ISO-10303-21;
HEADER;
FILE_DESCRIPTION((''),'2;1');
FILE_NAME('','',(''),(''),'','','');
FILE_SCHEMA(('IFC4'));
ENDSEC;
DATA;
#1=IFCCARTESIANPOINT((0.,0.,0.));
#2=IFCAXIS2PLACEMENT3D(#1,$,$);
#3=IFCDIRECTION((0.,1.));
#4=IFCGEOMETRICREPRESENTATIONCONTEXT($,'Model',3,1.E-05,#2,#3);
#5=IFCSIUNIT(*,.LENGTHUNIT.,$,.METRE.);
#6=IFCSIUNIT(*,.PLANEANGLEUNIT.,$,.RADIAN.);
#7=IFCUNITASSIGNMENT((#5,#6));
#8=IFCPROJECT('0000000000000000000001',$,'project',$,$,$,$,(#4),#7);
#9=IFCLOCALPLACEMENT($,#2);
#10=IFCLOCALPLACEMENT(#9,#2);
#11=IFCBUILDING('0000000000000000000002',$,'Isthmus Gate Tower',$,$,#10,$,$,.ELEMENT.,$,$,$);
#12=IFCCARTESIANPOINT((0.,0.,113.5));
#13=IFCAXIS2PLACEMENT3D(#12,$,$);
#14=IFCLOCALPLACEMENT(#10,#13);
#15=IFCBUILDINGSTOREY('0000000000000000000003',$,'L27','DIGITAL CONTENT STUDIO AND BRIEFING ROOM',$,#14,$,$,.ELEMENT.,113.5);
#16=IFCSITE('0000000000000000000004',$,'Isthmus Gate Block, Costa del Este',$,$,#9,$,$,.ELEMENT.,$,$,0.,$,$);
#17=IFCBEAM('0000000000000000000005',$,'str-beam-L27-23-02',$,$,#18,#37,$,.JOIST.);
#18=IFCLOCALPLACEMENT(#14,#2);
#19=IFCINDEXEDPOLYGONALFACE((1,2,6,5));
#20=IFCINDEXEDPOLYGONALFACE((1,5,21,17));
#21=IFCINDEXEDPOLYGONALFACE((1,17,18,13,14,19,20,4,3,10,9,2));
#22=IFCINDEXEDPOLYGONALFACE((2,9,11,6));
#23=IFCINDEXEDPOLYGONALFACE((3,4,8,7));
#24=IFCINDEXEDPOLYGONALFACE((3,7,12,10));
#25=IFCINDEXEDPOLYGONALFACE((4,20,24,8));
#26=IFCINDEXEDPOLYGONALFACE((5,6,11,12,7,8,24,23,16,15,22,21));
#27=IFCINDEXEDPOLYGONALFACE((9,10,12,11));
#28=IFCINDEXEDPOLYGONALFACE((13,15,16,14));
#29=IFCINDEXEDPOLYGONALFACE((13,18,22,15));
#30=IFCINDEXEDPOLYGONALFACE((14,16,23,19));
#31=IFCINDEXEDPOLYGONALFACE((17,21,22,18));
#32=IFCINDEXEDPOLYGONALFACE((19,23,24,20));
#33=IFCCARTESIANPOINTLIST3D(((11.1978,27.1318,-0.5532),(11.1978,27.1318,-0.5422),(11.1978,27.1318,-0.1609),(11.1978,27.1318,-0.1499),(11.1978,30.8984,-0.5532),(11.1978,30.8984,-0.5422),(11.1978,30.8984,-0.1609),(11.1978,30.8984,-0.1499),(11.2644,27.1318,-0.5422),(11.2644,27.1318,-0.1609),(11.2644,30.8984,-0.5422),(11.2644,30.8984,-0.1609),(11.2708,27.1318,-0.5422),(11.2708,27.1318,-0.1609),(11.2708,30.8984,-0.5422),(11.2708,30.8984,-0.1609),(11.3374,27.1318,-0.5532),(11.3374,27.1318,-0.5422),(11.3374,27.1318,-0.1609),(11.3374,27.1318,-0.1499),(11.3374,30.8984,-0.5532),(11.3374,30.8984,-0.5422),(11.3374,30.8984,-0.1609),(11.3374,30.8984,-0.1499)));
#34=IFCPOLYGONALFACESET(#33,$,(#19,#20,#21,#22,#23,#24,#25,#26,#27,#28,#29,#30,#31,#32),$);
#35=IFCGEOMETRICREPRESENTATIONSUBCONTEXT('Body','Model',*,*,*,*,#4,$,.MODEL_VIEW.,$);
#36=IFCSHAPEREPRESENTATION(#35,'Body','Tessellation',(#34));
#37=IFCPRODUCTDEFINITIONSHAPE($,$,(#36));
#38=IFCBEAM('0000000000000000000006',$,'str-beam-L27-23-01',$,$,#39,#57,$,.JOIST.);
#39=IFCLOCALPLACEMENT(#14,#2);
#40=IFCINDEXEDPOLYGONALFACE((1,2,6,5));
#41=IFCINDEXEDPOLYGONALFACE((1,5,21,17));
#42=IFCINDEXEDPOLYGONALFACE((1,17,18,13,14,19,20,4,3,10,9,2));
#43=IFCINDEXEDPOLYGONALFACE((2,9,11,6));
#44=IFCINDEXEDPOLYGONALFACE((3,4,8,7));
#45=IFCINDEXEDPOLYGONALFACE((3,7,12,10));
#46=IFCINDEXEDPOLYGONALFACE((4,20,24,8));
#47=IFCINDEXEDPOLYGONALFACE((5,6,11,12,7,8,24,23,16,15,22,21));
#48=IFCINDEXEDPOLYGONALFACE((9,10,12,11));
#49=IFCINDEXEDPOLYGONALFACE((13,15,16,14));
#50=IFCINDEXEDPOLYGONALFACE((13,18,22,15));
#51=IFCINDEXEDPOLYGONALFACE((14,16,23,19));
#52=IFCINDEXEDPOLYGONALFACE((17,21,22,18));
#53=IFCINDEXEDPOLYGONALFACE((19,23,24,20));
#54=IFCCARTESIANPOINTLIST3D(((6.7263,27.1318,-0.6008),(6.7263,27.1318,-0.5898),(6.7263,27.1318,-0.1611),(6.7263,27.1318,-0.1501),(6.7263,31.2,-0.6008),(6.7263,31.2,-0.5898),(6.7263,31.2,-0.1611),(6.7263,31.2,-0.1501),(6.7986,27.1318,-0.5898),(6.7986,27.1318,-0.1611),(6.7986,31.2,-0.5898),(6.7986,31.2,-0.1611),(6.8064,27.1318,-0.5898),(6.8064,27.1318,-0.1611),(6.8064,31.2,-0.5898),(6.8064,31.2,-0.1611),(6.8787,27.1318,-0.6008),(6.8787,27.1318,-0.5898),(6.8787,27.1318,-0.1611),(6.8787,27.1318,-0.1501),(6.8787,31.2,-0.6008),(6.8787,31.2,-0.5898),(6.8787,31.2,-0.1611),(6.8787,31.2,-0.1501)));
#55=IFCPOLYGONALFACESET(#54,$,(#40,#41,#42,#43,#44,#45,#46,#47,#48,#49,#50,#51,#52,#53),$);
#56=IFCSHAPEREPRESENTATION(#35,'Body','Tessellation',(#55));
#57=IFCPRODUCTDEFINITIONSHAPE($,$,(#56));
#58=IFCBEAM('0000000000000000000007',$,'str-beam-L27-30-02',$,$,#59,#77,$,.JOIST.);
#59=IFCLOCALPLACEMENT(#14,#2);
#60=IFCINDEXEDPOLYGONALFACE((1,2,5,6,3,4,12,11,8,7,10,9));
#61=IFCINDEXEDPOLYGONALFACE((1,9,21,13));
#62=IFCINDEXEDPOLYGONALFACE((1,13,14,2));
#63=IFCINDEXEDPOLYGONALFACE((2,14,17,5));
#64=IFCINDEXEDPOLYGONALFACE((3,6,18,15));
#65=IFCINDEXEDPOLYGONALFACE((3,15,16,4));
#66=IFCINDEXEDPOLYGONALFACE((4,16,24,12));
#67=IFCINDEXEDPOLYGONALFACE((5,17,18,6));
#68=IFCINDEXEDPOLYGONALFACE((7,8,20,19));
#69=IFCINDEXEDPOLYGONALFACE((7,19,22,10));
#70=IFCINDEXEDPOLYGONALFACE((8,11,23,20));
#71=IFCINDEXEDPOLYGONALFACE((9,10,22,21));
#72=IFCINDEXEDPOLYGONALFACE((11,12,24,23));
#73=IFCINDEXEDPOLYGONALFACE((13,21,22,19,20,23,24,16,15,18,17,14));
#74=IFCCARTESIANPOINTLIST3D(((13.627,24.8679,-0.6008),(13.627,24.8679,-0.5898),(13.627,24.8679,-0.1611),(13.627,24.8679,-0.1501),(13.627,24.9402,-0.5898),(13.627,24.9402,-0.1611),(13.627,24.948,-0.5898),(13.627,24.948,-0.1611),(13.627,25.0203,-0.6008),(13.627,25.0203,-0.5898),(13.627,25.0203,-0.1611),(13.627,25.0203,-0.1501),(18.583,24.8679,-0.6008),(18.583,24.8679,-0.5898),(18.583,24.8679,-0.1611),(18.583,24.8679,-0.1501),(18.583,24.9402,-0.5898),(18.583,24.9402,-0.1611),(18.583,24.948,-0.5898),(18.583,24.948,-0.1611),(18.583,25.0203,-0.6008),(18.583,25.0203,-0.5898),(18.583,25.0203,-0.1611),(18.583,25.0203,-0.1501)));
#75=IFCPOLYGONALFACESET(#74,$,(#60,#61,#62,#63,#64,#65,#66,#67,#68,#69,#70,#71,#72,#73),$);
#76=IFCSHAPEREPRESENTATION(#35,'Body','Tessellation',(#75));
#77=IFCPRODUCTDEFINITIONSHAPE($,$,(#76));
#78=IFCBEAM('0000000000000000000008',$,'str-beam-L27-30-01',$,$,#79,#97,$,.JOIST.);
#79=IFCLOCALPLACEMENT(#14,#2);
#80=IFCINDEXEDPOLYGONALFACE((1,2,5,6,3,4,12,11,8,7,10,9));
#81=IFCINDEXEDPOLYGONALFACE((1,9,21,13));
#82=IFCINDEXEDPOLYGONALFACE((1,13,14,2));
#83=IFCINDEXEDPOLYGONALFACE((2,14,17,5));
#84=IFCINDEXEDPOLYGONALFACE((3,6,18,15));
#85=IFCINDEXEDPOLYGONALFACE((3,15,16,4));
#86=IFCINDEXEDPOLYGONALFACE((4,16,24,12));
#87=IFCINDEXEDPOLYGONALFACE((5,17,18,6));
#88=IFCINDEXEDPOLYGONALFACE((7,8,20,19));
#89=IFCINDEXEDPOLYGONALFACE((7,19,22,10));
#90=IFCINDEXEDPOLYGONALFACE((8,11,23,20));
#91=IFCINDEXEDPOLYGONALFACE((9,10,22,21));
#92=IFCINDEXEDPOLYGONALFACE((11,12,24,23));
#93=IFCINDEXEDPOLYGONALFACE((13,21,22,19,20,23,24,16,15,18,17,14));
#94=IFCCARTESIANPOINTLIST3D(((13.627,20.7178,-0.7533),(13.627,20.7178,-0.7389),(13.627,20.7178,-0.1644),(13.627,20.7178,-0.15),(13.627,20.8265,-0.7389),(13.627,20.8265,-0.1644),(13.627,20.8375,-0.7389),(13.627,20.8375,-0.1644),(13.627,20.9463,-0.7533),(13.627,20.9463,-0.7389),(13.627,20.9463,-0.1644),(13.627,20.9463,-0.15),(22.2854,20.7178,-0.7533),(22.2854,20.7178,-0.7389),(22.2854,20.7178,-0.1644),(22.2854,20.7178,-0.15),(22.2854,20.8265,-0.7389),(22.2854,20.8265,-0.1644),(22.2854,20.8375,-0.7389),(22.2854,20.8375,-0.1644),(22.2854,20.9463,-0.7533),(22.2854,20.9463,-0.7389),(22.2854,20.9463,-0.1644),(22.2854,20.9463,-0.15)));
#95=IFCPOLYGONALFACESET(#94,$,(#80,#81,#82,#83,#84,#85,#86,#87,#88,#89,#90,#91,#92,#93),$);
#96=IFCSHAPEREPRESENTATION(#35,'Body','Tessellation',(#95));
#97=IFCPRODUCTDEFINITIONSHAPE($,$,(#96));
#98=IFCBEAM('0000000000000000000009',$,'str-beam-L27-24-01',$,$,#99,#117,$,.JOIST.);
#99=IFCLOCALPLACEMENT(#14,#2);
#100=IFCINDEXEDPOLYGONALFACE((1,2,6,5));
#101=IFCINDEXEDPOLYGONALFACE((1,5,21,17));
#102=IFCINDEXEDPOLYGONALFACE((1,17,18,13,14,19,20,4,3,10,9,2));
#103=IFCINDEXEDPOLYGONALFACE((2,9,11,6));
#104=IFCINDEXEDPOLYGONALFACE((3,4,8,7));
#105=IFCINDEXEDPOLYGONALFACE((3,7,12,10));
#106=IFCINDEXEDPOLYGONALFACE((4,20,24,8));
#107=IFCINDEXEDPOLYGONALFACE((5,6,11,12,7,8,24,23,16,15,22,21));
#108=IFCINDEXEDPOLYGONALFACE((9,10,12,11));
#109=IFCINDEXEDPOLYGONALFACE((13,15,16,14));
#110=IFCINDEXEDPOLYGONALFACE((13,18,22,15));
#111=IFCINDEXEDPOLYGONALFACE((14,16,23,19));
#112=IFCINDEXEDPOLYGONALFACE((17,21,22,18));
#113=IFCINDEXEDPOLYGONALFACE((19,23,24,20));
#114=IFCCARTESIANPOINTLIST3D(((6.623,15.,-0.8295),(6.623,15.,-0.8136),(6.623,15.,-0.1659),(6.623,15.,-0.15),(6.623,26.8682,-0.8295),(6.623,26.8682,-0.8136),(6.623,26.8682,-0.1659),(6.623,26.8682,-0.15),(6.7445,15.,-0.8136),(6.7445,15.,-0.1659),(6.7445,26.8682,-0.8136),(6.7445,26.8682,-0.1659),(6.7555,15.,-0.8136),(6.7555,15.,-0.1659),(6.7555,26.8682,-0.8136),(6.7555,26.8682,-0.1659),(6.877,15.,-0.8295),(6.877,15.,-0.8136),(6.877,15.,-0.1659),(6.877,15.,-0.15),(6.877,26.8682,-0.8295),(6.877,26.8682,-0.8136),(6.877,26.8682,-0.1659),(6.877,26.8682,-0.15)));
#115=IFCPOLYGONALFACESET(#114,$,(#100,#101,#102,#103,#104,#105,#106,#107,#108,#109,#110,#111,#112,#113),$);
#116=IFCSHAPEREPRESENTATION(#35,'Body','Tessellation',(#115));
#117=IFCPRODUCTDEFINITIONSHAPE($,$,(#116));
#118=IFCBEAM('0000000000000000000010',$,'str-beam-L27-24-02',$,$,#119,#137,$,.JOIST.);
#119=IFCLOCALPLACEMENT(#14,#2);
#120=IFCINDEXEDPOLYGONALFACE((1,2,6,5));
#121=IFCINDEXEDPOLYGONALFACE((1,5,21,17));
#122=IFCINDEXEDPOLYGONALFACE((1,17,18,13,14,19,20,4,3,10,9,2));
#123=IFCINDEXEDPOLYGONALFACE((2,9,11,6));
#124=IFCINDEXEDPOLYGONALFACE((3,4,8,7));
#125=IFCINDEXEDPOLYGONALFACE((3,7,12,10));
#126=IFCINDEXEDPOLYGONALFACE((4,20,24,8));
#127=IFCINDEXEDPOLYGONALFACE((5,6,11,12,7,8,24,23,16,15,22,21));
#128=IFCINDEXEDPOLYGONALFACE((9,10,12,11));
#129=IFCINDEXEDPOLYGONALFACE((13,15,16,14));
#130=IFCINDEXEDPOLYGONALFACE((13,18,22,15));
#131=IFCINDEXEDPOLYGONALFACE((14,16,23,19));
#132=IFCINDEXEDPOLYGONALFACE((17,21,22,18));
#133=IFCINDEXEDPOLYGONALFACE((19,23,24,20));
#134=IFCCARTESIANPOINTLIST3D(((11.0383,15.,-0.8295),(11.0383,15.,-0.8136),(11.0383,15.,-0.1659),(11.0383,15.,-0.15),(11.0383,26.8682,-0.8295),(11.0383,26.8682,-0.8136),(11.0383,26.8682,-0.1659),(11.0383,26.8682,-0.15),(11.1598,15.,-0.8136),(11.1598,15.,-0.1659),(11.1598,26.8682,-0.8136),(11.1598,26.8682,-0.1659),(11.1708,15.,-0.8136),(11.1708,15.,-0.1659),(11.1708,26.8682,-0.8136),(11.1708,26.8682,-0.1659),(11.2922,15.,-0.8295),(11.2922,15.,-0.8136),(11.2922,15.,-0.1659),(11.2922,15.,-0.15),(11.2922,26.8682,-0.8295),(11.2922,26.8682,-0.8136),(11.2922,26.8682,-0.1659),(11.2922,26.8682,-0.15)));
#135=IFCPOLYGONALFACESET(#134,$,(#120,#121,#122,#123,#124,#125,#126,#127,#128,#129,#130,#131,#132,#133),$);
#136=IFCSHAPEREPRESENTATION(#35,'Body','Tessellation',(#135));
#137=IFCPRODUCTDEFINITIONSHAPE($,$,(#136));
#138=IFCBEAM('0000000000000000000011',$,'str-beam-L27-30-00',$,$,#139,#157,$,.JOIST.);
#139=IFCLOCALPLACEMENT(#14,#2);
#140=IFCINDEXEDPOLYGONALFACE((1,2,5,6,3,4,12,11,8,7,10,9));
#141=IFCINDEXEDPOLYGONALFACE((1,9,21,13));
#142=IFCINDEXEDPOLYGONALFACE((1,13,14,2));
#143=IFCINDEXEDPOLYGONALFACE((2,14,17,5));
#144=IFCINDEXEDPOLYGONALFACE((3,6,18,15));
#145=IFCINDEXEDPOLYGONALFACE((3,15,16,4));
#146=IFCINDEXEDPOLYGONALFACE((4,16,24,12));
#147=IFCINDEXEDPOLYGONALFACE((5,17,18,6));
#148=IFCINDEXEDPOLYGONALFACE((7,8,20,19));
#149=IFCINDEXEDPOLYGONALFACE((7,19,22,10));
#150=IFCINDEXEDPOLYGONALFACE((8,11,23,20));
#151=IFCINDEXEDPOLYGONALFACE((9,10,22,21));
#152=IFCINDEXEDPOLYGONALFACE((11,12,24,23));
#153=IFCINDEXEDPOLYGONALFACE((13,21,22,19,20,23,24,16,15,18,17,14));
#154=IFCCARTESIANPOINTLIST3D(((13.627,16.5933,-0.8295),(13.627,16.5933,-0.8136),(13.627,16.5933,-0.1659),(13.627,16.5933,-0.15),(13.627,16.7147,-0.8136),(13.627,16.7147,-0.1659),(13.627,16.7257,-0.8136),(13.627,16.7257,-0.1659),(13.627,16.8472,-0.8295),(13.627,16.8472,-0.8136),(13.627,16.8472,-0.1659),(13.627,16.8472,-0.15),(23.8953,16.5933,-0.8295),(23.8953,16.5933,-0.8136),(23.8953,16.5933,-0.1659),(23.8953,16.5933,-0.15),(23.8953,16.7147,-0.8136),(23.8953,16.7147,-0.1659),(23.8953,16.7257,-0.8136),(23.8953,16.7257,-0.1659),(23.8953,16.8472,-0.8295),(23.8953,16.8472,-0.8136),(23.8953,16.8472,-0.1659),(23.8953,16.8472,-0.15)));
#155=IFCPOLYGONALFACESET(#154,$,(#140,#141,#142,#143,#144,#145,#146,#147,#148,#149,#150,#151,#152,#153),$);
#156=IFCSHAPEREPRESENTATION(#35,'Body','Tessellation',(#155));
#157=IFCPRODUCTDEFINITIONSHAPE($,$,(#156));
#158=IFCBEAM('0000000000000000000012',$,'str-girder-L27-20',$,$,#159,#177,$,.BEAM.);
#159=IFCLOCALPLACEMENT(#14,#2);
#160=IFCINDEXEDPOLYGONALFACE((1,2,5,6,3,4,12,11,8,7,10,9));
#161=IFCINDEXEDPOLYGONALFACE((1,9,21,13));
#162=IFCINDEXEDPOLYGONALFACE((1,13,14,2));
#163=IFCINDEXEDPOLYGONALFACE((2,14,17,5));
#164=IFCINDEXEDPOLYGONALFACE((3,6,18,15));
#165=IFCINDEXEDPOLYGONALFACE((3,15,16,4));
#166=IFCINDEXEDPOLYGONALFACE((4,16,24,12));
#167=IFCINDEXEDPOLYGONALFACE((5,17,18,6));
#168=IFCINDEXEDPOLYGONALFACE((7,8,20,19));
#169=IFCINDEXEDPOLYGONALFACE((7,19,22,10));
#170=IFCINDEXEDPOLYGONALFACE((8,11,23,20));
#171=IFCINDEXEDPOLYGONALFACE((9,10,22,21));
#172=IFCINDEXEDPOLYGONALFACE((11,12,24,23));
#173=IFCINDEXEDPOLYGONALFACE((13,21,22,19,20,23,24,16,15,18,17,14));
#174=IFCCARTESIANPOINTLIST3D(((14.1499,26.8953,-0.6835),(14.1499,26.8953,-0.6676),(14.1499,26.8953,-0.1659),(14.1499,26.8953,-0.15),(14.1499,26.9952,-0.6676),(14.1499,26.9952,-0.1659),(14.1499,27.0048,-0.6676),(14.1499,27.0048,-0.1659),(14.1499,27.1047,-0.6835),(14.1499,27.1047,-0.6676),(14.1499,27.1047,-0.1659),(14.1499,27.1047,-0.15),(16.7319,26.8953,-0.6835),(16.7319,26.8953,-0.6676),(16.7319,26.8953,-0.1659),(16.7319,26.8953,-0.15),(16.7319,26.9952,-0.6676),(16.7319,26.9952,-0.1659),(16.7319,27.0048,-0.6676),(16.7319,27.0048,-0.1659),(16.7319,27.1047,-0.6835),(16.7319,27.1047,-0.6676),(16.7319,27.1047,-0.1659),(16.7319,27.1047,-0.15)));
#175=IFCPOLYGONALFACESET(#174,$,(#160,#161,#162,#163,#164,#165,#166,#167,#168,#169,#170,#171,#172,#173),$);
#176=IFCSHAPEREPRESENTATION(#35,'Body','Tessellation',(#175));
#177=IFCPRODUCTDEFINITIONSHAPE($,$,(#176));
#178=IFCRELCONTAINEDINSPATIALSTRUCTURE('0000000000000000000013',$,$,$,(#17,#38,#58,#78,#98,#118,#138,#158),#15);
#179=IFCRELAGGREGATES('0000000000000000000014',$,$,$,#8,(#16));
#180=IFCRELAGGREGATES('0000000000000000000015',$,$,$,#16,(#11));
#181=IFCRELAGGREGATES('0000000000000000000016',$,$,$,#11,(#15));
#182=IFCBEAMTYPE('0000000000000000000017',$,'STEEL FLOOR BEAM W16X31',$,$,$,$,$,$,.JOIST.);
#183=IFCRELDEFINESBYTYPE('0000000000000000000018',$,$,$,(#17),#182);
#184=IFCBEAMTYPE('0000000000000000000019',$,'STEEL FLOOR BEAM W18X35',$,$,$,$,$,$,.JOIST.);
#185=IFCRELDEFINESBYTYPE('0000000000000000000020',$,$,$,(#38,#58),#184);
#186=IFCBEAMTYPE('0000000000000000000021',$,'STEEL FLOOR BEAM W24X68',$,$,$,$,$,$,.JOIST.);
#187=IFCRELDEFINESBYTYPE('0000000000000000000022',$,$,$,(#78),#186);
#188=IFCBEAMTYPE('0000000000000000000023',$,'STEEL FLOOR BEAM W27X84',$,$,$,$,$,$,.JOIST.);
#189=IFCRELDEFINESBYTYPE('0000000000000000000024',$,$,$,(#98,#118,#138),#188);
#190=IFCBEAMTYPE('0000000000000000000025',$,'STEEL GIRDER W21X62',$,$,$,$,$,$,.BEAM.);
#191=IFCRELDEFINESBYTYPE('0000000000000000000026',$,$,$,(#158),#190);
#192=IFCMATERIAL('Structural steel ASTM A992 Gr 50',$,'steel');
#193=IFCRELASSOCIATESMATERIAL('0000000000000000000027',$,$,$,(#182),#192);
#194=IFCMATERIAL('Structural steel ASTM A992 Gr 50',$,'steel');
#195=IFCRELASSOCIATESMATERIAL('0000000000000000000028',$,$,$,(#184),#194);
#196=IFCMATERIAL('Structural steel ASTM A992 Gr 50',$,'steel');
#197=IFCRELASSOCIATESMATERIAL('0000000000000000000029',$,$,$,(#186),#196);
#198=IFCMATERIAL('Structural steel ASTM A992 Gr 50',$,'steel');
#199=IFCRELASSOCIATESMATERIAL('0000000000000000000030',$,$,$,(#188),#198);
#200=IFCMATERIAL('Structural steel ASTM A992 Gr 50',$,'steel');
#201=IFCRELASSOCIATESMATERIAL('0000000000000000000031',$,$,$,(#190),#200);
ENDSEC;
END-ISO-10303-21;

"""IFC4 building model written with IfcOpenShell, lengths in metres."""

from ifc_helpers import new_model, si_unit, direction, frame, origin, origin_2d, place, context, subcontext, project, spatial, i_section, extrude, material, material_profile, profile_set, type_object, element, save


model = new_model("IFC4")

# Units and contexts
model_context = context("Model", 3, precision=1e-05, world=origin(), true_north=direction((0.0, 1.0)))
body_context = subcontext(model_context, "Body", "Model", "MODEL_VIEW")
ifc_project = project(units=[si_unit("LENGTHUNIT", "METRE"), si_unit("PLANEANGLEUNIT", "RADIAN")], contexts=[model_context])

# Site, building, storey
site_placement = place(None, origin())
site = spatial("IfcSite", under=ifc_project, at=site_placement, Name="Isthmus Gate Block, Costa del Este", CompositionType="ELEMENT", RefElevation=0.0)
building_placement = place(site_placement, origin())
building = spatial("IfcBuilding", under=site, at=building_placement, Name="Isthmus Gate Tower", CompositionType="ELEMENT")
storey_placement = place(building_placement, frame((0.0, 0.0, 113.5)))
storey = spatial("IfcBuildingStorey", under=building, at=storey_placement, Name="L27", Description="DIGITAL CONTENT STUDIO AND BRIEFING ROOM", CompositionType="ELEMENT", Elevation=113.5)

# Beams
ifc_material_1 = material(Name="Structural steel ASTM A992 Gr 50", Category="steel")
ifc_material_profile_1 = material_profile(ifc_material_1, i_section(OverallWidth=0.1396, OverallDepth=0.4033, WebThickness=0.0063, FlangeThickness=0.011, at=origin_2d()), Name="W16X31")
ifc_profile_set_1 = profile_set([ifc_material_profile_1], Name="Structural steel ASTM A992 Gr 50")
beam_type_1 = type_object("IfcBeamType", Name="STEEL FLOOR BEAM W16X31", PredefinedType="JOIST", material=ifc_profile_set_1)
beam_1_placement = place(storey_placement, frame((11.2676, 27.1318, -0.3516), z_axis=(0.0, 1.0, 0.0), x_axis=(-1.0, 0.0, 0.0)))
element("IfcBeam", 1, at=beam_1_placement, inside=storey, type_object=beam_type_1, Name="str-beam-L27-23-02", PredefinedType="JOIST", context=body_context, shape_type="SweptSolid", body=[
    extrude(i_section(OverallWidth=0.1396, OverallDepth=0.4033, WebThickness=0.0063, FlangeThickness=0.011, at=origin_2d()), origin(), (0.0, 0.0, 1.0), 3.7666),
])
ifc_material_2 = material(Name="Structural steel ASTM A992 Gr 50", Category="steel")
ifc_material_profile_2 = material_profile(ifc_material_2, i_section(OverallWidth=0.1523, OverallDepth=0.4507, WebThickness=0.0078, FlangeThickness=0.011, at=origin_2d()), Name="W18X35")
ifc_profile_set_2 = profile_set([ifc_material_profile_2], Name="Structural steel ASTM A992 Gr 50")
beam_type_2 = type_object("IfcBeamType", Name="STEEL FLOOR BEAM W18X35", PredefinedType="JOIST", material=ifc_profile_set_2)
beam_2_placement = place(storey_placement, frame((6.8025, 27.1318, -0.3755), z_axis=(0.0, 1.0, 0.0), x_axis=(-1.0, 0.0, 0.0)))
element("IfcBeam", 2, at=beam_2_placement, inside=storey, type_object=beam_type_2, Name="str-beam-L27-23-01", PredefinedType="JOIST", context=body_context, shape_type="SweptSolid", body=[
    extrude(i_section(OverallWidth=0.1523, OverallDepth=0.4507, WebThickness=0.0078, FlangeThickness=0.011, at=origin_2d()), origin(), (0.0, 0.0, 1.0), 4.0681),
])
beam_3_placement = place(storey_placement, frame((13.627, 24.9441, -0.3755), z_axis=(1.0, 0.0, 0.0), x_axis=(0.0, 1.0, 0.0)))
element("IfcBeam", 3, at=beam_3_placement, inside=storey, type_object=beam_type_2, Name="str-beam-L27-30-02", PredefinedType="JOIST", context=body_context, shape_type="SweptSolid", body=[
    extrude(i_section(OverallWidth=0.1523, OverallDepth=0.4507, WebThickness=0.0078, FlangeThickness=0.011, at=origin_2d()), origin(), (0.0, 0.0, 1.0), 4.9561),
])
ifc_material_3 = material(Name="Structural steel ASTM A992 Gr 50", Category="steel")
ifc_material_profile_3 = material_profile(ifc_material_3, i_section(OverallWidth=0.2285, OverallDepth=0.6033, WebThickness=0.011, FlangeThickness=0.0144, at=origin_2d()), Name="W24X68")
ifc_profile_set_3 = profile_set([ifc_material_profile_3], Name="Structural steel ASTM A992 Gr 50")
beam_type_3 = type_object("IfcBeamType", Name="STEEL FLOOR BEAM W24X68", PredefinedType="JOIST", material=ifc_profile_set_3)
beam_4_placement = place(storey_placement, frame((13.627, 20.832, -0.4517), z_axis=(1.0, 0.0, 0.0), x_axis=(0.0, 1.0, 0.0)))
element("IfcBeam", 4, at=beam_4_placement, inside=storey, type_object=beam_type_3, Name="str-beam-L27-30-01", PredefinedType="JOIST", context=body_context, shape_type="SweptSolid", body=[
    extrude(i_section(OverallWidth=0.2285, OverallDepth=0.6033, WebThickness=0.011, FlangeThickness=0.0144, at=origin_2d()), origin(), (0.0, 0.0, 1.0), 8.6584),
])
ifc_material_4 = material(Name="Structural steel ASTM A992 Gr 50", Category="steel")
ifc_material_profile_4 = material_profile(ifc_material_4, i_section(OverallWidth=0.2539, OverallDepth=0.6794, WebThickness=0.011, FlangeThickness=0.0159, at=origin_2d()), Name="W27X84")
ifc_profile_set_4 = profile_set([ifc_material_profile_4], Name="Structural steel ASTM A992 Gr 50")
beam_type_4 = type_object("IfcBeamType", Name="STEEL FLOOR BEAM W27X84", PredefinedType="JOIST", material=ifc_profile_set_4)
for number, where, z_axis, x_axis, name in (
    (5, (6.75, 15.0, -0.4897), (0.0, 1.0, 0.0), (-1.0, 0.0, 0.0), "str-beam-L27-24-01"),
    (6, (11.1653, 15.0, -0.4897), (0.0, 1.0, 0.0), (-1.0, 0.0, 0.0), "str-beam-L27-24-02"),
):
    element("IfcBeam", number, at=place(storey_placement, frame(where, z_axis=z_axis, x_axis=x_axis)), inside=storey, type_object=beam_type_4, Name=name, PredefinedType="JOIST", context=body_context, shape_type="SweptSolid", body=[
        extrude(i_section(OverallWidth=0.2539, OverallDepth=0.6794, WebThickness=0.011, FlangeThickness=0.0159, at=origin_2d()), origin(), (0.0, 0.0, 1.0), 11.8682),
    ])
beam_5_placement = place(storey_placement, frame((13.627, 16.7202, -0.4897), z_axis=(1.0, 0.0, 0.0), x_axis=(0.0, 1.0, 0.0)))
element("IfcBeam", 7, at=beam_5_placement, inside=storey, type_object=beam_type_4, Name="str-beam-L27-30-00", PredefinedType="JOIST", context=body_context, shape_type="SweptSolid", body=[
    extrude(i_section(OverallWidth=0.2539, OverallDepth=0.6794, WebThickness=0.011, FlangeThickness=0.0159, at=origin_2d()), origin(), (0.0, 0.0, 1.0), 10.2683),
])
ifc_material_5 = material(Name="Structural steel ASTM A992 Gr 50", Category="steel")
ifc_material_profile_5 = material_profile(ifc_material_5, i_section(OverallWidth=0.2095, OverallDepth=0.5334, WebThickness=0.0095, FlangeThickness=0.0159, at=origin_2d()), Name="W21X62")
ifc_profile_set_5 = profile_set([ifc_material_profile_5], Name="Structural steel ASTM A992 Gr 50")
beam_type_5 = type_object("IfcBeamType", Name="STEEL GIRDER W21X62", PredefinedType="BEAM", material=ifc_profile_set_5)
beam_6_placement = place(storey_placement, frame((14.1499, 27.0, -0.4167), z_axis=(1.0, 0.0, 0.0), x_axis=(0.0, 1.0, 0.0)))
element("IfcBeam", 8, at=beam_6_placement, inside=storey, type_object=beam_type_5, Name="str-girder-L27-20", PredefinedType="BEAM", context=body_context, shape_type="SweptSolid", body=[
    extrude(i_section(OverallWidth=0.2095, OverallDepth=0.5334, WebThickness=0.0095, FlangeThickness=0.0159, at=origin_2d()), origin(), (0.0, 0.0, 1.0), 2.582),
])

save(model, "model.ifc")
